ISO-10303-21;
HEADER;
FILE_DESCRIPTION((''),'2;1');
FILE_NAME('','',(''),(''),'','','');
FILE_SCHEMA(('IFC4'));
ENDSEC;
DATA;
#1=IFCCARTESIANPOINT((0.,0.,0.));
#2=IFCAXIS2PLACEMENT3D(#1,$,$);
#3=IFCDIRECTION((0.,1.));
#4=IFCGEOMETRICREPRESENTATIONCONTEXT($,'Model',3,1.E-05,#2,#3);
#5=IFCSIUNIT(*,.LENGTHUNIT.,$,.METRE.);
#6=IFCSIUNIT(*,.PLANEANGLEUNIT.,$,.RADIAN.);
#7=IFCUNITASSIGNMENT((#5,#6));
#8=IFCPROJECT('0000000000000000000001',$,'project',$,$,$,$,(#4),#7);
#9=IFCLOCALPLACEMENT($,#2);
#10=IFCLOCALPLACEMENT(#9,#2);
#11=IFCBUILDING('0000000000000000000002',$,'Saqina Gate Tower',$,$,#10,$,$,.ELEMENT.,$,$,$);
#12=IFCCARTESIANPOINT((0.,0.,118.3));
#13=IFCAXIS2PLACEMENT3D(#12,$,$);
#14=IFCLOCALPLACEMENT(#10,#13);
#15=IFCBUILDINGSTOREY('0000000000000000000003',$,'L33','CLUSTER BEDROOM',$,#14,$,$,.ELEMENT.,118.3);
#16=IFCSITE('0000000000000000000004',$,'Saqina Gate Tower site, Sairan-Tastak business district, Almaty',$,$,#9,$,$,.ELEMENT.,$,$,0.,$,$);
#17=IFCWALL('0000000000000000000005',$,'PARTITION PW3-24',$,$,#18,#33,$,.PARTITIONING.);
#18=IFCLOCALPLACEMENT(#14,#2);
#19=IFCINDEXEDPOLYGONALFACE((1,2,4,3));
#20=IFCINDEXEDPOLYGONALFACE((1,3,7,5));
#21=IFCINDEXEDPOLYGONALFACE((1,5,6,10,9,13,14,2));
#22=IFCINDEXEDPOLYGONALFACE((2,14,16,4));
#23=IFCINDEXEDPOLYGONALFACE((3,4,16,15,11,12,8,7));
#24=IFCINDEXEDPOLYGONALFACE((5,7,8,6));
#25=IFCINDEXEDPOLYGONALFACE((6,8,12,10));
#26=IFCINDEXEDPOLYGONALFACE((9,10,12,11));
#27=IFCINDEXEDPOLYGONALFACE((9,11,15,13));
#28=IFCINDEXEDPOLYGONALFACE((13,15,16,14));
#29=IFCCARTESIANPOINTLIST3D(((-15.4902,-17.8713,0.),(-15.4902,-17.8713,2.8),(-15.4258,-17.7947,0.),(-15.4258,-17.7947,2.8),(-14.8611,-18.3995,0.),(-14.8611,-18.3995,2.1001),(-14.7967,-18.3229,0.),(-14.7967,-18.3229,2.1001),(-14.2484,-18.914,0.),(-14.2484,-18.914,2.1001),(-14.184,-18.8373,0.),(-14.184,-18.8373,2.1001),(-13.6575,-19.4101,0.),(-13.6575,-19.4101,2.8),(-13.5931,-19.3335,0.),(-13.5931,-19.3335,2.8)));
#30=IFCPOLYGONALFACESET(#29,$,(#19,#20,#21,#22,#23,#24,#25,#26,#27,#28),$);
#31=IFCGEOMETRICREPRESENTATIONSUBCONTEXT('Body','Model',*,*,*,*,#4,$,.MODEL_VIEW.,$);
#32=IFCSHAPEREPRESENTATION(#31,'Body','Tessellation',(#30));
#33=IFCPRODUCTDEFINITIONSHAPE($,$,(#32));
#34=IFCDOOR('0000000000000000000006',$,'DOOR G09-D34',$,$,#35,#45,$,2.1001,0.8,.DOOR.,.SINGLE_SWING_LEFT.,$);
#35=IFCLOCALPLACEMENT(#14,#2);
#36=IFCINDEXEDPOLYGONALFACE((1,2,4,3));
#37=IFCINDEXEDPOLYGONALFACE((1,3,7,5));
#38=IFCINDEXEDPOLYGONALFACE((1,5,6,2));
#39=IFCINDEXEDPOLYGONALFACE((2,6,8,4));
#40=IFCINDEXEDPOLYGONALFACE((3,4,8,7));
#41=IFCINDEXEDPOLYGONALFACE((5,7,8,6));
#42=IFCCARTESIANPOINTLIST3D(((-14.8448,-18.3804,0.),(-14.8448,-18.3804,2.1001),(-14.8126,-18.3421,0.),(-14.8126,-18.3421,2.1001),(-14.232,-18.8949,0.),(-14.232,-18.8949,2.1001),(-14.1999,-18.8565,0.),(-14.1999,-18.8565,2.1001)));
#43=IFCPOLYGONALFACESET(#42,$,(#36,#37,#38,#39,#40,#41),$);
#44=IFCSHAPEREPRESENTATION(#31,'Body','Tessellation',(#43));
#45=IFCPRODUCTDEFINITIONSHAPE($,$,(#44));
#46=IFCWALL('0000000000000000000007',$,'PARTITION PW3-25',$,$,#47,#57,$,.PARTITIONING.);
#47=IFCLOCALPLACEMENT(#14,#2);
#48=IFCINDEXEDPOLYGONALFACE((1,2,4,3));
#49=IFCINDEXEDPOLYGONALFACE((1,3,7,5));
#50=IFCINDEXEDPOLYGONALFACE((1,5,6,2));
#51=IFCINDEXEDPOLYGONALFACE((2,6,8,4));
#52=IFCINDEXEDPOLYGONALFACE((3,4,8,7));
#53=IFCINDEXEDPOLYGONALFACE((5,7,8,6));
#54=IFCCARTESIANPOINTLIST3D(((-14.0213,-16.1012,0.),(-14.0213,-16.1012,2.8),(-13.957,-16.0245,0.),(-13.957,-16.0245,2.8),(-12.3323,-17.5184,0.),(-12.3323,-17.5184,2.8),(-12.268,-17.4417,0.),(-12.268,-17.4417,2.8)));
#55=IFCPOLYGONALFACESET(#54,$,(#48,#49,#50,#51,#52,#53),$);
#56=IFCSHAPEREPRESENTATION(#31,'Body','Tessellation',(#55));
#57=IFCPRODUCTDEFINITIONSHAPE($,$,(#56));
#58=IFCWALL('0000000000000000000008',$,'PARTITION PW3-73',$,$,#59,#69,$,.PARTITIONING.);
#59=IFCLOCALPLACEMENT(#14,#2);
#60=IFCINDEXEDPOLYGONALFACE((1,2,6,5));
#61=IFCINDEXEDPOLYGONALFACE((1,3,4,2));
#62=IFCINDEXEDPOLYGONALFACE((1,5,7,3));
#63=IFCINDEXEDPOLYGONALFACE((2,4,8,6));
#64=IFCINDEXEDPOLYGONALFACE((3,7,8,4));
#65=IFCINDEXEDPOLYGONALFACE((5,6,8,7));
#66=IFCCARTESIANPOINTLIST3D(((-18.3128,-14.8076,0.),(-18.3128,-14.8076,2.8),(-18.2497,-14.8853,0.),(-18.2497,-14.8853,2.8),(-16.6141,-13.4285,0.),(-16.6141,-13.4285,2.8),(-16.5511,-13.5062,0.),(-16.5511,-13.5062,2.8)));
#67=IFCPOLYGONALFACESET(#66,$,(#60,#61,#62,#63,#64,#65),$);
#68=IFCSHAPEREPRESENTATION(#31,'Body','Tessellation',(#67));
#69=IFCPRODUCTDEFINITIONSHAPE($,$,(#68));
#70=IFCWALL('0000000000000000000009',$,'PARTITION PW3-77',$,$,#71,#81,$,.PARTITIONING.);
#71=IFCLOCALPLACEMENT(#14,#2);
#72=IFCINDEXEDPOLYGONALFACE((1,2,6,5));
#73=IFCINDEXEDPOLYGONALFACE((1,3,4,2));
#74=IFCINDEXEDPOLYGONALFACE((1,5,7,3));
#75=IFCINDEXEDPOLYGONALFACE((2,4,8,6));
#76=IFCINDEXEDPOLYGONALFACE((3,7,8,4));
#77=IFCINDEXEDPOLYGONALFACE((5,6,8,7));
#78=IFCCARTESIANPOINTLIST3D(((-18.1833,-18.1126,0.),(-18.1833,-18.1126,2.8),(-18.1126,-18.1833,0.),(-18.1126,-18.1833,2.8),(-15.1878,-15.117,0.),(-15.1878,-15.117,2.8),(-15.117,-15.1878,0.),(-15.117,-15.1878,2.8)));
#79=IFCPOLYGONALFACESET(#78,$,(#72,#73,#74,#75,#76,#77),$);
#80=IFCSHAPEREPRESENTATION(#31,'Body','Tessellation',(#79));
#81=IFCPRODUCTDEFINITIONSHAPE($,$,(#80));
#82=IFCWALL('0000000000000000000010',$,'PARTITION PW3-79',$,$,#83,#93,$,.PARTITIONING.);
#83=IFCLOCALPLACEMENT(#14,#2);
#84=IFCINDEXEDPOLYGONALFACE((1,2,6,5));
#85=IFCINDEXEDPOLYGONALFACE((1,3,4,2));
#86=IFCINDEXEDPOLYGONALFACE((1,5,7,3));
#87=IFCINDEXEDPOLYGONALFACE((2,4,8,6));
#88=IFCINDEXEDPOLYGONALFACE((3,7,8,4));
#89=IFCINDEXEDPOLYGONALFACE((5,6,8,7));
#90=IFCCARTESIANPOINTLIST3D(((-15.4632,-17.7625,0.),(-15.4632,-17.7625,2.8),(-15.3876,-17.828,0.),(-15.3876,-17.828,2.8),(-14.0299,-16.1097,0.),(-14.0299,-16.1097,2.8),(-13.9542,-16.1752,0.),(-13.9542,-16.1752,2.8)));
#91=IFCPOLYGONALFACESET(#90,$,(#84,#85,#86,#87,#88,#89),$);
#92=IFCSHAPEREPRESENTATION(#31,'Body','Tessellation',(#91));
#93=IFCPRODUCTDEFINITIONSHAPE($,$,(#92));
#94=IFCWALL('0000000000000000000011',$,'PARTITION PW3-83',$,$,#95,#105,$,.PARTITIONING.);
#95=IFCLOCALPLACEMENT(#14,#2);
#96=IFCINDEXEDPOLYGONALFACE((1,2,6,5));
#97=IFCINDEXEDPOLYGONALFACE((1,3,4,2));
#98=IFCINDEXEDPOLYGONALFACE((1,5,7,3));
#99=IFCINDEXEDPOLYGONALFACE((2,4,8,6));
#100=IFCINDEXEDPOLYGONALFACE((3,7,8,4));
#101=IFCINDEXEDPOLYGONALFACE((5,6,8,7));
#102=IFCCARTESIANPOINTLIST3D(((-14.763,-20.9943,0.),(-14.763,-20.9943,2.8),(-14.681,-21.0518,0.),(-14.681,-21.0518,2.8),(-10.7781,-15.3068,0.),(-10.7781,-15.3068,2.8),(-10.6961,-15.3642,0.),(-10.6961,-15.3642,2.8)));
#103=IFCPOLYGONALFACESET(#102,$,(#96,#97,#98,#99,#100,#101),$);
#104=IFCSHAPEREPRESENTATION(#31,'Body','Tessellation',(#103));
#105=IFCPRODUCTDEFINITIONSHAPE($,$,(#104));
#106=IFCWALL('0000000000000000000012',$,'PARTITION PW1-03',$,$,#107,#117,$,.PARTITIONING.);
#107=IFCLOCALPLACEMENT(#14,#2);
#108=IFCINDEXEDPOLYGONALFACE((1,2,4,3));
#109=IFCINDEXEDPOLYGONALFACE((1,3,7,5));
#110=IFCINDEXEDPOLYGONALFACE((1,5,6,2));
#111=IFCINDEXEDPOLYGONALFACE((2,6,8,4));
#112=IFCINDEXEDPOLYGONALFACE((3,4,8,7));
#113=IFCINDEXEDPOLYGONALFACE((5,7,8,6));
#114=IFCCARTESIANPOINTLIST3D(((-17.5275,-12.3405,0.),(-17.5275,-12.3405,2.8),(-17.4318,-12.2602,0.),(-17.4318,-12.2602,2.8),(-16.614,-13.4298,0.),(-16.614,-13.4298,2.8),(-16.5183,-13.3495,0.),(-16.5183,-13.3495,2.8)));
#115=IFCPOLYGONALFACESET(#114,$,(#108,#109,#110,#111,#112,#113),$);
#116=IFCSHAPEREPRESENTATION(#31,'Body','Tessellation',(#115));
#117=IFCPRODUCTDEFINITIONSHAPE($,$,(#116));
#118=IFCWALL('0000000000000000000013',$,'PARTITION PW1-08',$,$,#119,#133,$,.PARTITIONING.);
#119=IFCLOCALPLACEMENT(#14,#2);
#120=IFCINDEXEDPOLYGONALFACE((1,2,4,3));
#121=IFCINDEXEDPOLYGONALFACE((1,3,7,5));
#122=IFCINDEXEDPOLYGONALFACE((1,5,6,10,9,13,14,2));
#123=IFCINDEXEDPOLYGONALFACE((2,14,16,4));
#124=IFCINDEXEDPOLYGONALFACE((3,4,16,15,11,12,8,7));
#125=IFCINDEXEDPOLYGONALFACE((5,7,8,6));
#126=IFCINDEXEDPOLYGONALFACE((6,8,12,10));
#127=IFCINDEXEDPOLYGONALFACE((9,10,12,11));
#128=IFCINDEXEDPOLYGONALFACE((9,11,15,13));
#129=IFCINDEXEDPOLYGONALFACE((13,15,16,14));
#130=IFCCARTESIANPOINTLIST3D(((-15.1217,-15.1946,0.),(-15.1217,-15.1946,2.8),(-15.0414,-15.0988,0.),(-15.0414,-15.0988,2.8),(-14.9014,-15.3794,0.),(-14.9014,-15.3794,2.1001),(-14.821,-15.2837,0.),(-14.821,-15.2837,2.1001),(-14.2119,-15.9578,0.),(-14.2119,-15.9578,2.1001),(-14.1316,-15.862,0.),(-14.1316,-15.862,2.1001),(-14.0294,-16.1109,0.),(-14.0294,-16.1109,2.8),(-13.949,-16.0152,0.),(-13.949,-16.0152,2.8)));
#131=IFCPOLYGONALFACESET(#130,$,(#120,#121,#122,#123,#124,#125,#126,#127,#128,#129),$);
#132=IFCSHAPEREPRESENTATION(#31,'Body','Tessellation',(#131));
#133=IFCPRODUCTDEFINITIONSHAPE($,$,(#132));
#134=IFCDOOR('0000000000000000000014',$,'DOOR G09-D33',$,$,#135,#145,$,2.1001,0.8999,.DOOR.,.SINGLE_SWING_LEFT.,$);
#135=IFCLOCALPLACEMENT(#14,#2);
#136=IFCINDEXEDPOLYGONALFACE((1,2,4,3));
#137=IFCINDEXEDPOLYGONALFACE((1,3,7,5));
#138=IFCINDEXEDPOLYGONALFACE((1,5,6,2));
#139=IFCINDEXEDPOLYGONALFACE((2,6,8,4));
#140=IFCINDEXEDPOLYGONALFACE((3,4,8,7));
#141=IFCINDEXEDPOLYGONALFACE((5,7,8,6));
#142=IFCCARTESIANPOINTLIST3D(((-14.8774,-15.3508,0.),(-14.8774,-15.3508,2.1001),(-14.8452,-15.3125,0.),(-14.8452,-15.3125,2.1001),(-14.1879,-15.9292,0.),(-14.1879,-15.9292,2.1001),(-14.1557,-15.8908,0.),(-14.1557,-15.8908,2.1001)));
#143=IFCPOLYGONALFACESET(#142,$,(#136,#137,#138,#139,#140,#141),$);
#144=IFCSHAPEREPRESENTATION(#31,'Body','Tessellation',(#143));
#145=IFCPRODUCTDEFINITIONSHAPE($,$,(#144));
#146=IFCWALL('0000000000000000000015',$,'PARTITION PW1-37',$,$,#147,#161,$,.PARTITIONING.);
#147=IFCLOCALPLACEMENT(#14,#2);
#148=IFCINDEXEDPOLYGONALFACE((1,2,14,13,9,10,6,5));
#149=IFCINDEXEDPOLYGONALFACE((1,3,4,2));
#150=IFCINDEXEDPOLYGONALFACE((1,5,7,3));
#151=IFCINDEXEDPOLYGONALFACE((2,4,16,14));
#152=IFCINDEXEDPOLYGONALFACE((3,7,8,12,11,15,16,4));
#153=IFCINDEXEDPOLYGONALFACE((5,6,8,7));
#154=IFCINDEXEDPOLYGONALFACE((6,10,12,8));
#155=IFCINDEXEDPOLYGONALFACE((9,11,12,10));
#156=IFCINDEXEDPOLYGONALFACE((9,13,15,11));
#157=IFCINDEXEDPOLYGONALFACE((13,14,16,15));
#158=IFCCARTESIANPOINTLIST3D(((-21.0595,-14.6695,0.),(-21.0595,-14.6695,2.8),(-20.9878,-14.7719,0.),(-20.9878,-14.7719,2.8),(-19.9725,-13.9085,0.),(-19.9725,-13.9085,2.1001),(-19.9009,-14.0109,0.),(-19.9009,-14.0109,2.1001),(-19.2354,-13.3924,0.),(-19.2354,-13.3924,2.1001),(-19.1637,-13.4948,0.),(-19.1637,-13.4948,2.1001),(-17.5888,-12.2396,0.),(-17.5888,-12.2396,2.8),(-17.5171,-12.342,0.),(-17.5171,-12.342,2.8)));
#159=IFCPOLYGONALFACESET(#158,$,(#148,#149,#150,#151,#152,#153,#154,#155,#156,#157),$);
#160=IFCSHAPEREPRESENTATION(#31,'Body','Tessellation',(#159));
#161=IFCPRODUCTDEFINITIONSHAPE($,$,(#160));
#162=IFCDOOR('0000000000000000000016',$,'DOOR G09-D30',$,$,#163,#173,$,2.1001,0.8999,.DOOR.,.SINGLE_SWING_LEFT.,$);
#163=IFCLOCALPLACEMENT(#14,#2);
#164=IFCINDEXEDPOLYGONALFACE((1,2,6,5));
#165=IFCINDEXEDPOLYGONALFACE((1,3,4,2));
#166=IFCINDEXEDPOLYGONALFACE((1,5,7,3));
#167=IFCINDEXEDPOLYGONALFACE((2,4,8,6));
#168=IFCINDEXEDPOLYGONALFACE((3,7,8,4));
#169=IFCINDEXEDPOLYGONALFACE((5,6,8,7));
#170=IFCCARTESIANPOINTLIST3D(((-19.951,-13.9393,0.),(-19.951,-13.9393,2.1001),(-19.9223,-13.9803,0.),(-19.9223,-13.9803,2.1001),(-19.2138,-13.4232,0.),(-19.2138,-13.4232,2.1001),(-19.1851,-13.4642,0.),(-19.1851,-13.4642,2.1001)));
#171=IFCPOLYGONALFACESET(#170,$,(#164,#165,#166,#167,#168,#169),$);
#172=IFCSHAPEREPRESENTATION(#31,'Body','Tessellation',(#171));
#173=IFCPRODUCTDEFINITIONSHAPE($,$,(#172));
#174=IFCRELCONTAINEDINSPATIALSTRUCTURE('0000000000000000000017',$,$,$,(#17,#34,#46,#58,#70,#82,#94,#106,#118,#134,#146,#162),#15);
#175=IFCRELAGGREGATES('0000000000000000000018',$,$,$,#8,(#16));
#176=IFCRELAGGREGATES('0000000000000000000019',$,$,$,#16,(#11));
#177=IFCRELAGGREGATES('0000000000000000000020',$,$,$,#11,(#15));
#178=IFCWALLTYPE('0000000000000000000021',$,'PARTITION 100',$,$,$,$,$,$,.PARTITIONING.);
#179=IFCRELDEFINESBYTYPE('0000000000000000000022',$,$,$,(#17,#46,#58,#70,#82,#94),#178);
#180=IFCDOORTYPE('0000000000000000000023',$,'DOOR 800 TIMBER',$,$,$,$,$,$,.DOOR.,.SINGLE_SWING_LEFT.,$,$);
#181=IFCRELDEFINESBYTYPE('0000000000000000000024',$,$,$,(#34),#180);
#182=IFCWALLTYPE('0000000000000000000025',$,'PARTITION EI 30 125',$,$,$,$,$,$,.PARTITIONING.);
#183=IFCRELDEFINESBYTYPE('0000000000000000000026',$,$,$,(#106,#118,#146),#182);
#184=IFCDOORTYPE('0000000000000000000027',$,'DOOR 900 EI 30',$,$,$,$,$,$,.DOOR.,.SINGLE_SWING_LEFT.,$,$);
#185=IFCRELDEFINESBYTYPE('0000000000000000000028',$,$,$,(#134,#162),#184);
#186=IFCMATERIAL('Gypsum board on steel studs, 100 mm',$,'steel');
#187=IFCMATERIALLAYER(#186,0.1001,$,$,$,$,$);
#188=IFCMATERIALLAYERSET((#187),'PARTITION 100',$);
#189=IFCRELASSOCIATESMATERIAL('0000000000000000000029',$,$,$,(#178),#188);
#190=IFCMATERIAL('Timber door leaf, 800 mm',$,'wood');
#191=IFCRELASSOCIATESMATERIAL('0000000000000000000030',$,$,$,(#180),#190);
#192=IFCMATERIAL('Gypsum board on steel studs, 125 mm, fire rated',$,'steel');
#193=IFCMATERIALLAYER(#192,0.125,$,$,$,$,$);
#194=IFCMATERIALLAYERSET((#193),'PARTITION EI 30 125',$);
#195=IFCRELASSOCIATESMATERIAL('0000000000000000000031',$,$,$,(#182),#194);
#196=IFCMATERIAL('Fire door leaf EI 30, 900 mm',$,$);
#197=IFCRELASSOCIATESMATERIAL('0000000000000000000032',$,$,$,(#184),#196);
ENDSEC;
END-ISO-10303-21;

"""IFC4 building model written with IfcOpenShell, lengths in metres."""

from ifc_helpers import new_model, si_unit, direction, frame, frame_2d, origin, place, context, subcontext, project, spatial, rectangle, extrude, material, layer, layer_set, type_object, element, fill, save


model = new_model("IFC4")

# Units and contexts
model_context = context("Model", 3, precision=1e-05, world=origin(), true_north=direction((0.0, 1.0)))
body_context = subcontext(model_context, "Body", "Model", "MODEL_VIEW")
ifc_project = project(units=[si_unit("LENGTHUNIT", "METRE"), si_unit("PLANEANGLEUNIT", "RADIAN")], contexts=[model_context])

# Site, building, storey
site_placement = place(None, origin())
site = spatial("IfcSite", under=ifc_project, at=site_placement, Name="Saqina Gate Tower site, Sairan-Tastak business district, Almaty", CompositionType="ELEMENT", RefElevation=0.0)
building_placement = place(site_placement, origin())
building = spatial("IfcBuilding", under=site, at=building_placement, Name="Saqina Gate Tower", CompositionType="ELEMENT")
storey_placement = place(building_placement, frame((0.0, 0.0, 118.3)))
storey = spatial("IfcBuildingStorey", under=building, at=storey_placement, Name="L33", Description="CLUSTER BEDROOM", CompositionType="ELEMENT", Elevation=118.3)

# Shared definitions
ifc_material_1 = material(Name="Gypsum board on steel studs, 100 mm", Category="steel")
ifc_layer_1 = layer(ifc_material_1, 0.1001)
ifc_layer_set_1 = layer_set([ifc_layer_1], Name="PARTITION 100")
wall_type_1 = type_object("IfcWallType", Name="PARTITION 100", PredefinedType="PARTITIONING", material=ifc_layer_set_1)
ifc_material_2 = material(Name="Timber door leaf, 800 mm", Category="wood")
door_type_1 = type_object("IfcDoorType", Name="DOOR 800 TIMBER", OperationType="SINGLE_SWING_LEFT", PredefinedType="DOOR", material=ifc_material_2)

# Wall, opening, door
wall_1_placement = place(storey_placement, frame((-15.458, -17.833, 0.0), z_axis=(0.0, 0.0, 1.0), x_axis=(0.76585, -0.64302, 0.0)))
wall_1 = element("IfcWall", 1, at=wall_1_placement, inside=storey, type_object=wall_type_1, Name="PARTITION PW3-24", PredefinedType="PARTITIONING", context=body_context, shape_type="SweptSolid", body=[
    extrude(rectangle(XDim=2.3931, YDim=0.1001, at=frame_2d((1.1965, 0.0))), origin(), (0.0, 0.0, 1.0), 2.8),
])
opening_1_placement = place(wall_1_placement, frame((0.8215, 0.0, 0.0)))
opening_1 = element("IfcOpeningElement", 2, at=opening_1_placement, cuts=wall_1, PredefinedType="OPENING", context=body_context, shape_type="SweptSolid", body=[
    extrude(rectangle(XDim=0.8, YDim=2.1001, at=frame_2d((0.3999, 1.05))), frame((0.0, 0.062, 0.0), z_axis=(0.0, -1.0, 0.0), x_axis=(1.0, 0.0, 0.0)), (0.0, 0.0, 1.0), 0.124),
])
door_1_placement = place(opening_1_placement, frame((0.8, 0.0, 0.0), z_axis=(0.0, 0.0, 1.0), x_axis=(-1.0, 0.0, 0.0)))
door_1 = element("IfcDoor", 3, at=door_1_placement, inside=storey, type_object=door_type_1, Name="DOOR G09-D34", OperationType="SINGLE_SWING_LEFT", OverallHeight=2.1001, OverallWidth=0.8, PredefinedType="DOOR", context=body_context, shape_type="SweptSolid", body=[
    extrude(rectangle(XDim=0.8, YDim=2.1001, at=frame_2d((0.3999, 1.05))), frame((0.0, 0.0249, 0.0), z_axis=(0.0, -1.0, 0.0), x_axis=(1.0, 0.0, 0.0)), (0.0, 0.0, 1.0), 0.05),
])
fill(opening_1, door_1)

# Walls
wall_2_placement = place(storey_placement, frame((-13.9893, -16.0627, 0.0), z_axis=(0.0, 0.0, 1.0), x_axis=(0.766039, -0.642795, 0.0)))
element("IfcWall", 4, at=wall_2_placement, inside=storey, type_object=wall_type_1, Name="PARTITION PW3-25", PredefinedType="PARTITIONING", context=body_context, shape_type="SweptSolid", body=[
    extrude(rectangle(XDim=2.2048, YDim=0.1001, at=frame_2d((1.1025, 0.0))), origin(), (0.0, 0.0, 1.0), 2.8),
])
wall_3_placement = place(storey_placement, frame((-18.2812, -14.8464, 0.0), z_axis=(0.0, 0.0, 1.0), x_axis=(0.776353, 0.630299, 0.0)))
element("IfcWall", 5, at=wall_3_placement, inside=storey, type_object=wall_type_1, Name="PARTITION PW3-73", PredefinedType="PARTITIONING", context=body_context, shape_type="SweptSolid", body=[
    extrude(rectangle(XDim=2.188, YDim=0.1001, at=frame_2d((1.094, 0.0))), origin(), (0.0, 0.0, 1.0), 2.8),
])
wall_4_placement = place(storey_placement, frame((-18.1479, -18.1479, 0.0), z_axis=(0.0, 0.0, 1.0), x_axis=(0.707107, 0.707107, 0.0)))
element("IfcWall", 6, at=wall_4_placement, inside=storey, type_object=wall_type_1, Name="PARTITION PW3-77", PredefinedType="PARTITIONING", context=body_context, shape_type="SweptSolid", body=[
    extrude(rectangle(XDim=4.2363, YDim=0.1001, at=frame_2d((2.1182, 0.0))), origin(), (0.0, 0.0, 1.0), 2.8),
])
wall_5_placement = place(storey_placement, frame((-15.4253, -17.7952, 0.0), z_axis=(0.0, 0.0, 1.0), x_axis=(0.655164, 0.755487, 0.0)))
element("IfcWall", 7, at=wall_5_placement, inside=storey, type_object=wall_type_1, Name="PARTITION PW3-79", PredefinedType="PARTITIONING", context=body_context, shape_type="SweptSolid", body=[
    extrude(rectangle(XDim=2.1877, YDim=0.1001, at=frame_2d((1.0938, 0.0))), origin(), (0.0, 0.0, 1.0), 2.8),
])
wall_6_placement = place(storey_placement, frame((-14.7219, -21.0229, 0.0), z_axis=(0.0, 0.0, 1.0), x_axis=(0.573811, 0.818987, 0.0)))
element("IfcWall", 8, at=wall_6_placement, inside=storey, type_object=wall_type_1, Name="PARTITION PW3-83", PredefinedType="PARTITIONING", context=body_context, shape_type="SweptSolid", body=[
    extrude(rectangle(XDim=6.9446, YDim=0.1001, at=frame_2d((3.4722, 0.0))), origin(), (0.0, 0.0, 1.0), 2.8),
])
ifc_material_3 = material(Name="Gypsum board on steel studs, 125 mm, fire rated", Category="steel")
ifc_layer_2 = layer(ifc_material_3, 0.125)
ifc_layer_set_2 = layer_set([ifc_layer_2], Name="PARTITION EI 30 125")
wall_type_2 = type_object("IfcWallType", Name="PARTITION EI 30 125", PredefinedType="PARTITIONING", material=ifc_layer_set_2)
wall_7_placement = place(storey_placement, frame((-17.4797, -12.3003, 0.0), z_axis=(0.0, 0.0, 1.0), x_axis=(0.64258, -0.766219, 0.0)))
element("IfcWall", 9, at=wall_7_placement, inside=storey, type_object=wall_type_2, Name="PARTITION PW1-03", PredefinedType="PARTITIONING", context=body_context, shape_type="SweptSolid", body=[
    extrude(rectangle(XDim=1.4216, YDim=0.125, at=frame_2d((0.7109, 0.0))), origin(), (0.0, 0.0, 1.0), 2.8),
])

# Walls, openings, doors
wall_8_placement = place(storey_placement, frame((-15.0815, -15.1467, 0.0), z_axis=(0.0, 0.0, 1.0), x_axis=(0.76614, -0.642674, 0.0)))
wall_8 = element("IfcWall", 10, at=wall_8_placement, inside=storey, type_object=wall_type_2, Name="PARTITION PW1-08", PredefinedType="PARTITIONING", context=body_context, shape_type="SweptSolid", body=[
    extrude(rectangle(XDim=1.4258, YDim=0.125, at=frame_2d((0.7129, 0.0))), origin(), (0.0, 0.0, 1.0), 2.8),
])
opening_2_placement = place(wall_8_placement, frame((0.2876, 0.0, 0.0)))
opening_2 = element("IfcOpeningElement", 11, at=opening_2_placement, cuts=wall_8, PredefinedType="OPENING", context=body_context, shape_type="SweptSolid", body=[
    extrude(rectangle(XDim=0.8999, YDim=2.1001, at=frame_2d((0.45, 1.05))), frame((0.0, 0.0745, 0.0), z_axis=(0.0, -1.0, 0.0), x_axis=(1.0, 0.0, 0.0)), (0.0, 0.0, 1.0), 0.1489),
])
ifc_material_4 = material(Name="Fire door leaf EI 30, 900 mm")
door_type_2 = type_object("IfcDoorType", Name="DOOR 900 EI 30", OperationType="SINGLE_SWING_LEFT", PredefinedType="DOOR", material=ifc_material_4)
door_2_placement = place(opening_2_placement, origin())
door_2 = element("IfcDoor", 12, at=door_2_placement, inside=storey, type_object=door_type_2, Name="DOOR G09-D33", OperationType="SINGLE_SWING_LEFT", OverallHeight=2.1001, OverallWidth=0.8999, PredefinedType="DOOR", context=body_context, shape_type="SweptSolid", body=[
    extrude(rectangle(XDim=0.8999, YDim=2.1001, at=frame_2d((0.45, 1.05))), frame((0.0, 0.0249, 0.0), z_axis=(0.0, -1.0, 0.0), x_axis=(1.0, 0.0, 0.0)), (0.0, 0.0, 1.0), 0.05),
])
fill(opening_2, door_2)
wall_9_placement = place(storey_placement, frame((-21.0237, -14.7207, 0.0), z_axis=(0.0, 0.0, 1.0), x_axis=(0.819183, 0.573532, 0.0)))
wall_9 = element("IfcWall", 13, at=wall_9_placement, inside=storey, type_object=wall_type_2, Name="PARTITION PW1-37", PredefinedType="PARTITIONING", context=body_context, shape_type="SweptSolid", body=[
    extrude(rectangle(XDim=4.2368, YDim=0.125, at=frame_2d((2.1184, 0.0))), origin(), (0.0, 0.0, 1.0), 2.8),
])
opening_3_placement = place(wall_9_placement, frame((1.3269, 0.0, 0.0)))
opening_3 = element("IfcOpeningElement", 14, at=opening_3_placement, cuts=wall_9, PredefinedType="OPENING", context=body_context, shape_type="SweptSolid", body=[
    extrude(rectangle(XDim=0.8999, YDim=2.1001, at=frame_2d((0.45, 1.05))), frame((0.0, 0.0745, 0.0), z_axis=(0.0, -1.0, 0.0), x_axis=(1.0, 0.0, 0.0)), (0.0, 0.0, 1.0), 0.1489),
])
door_3_placement = place(opening_3_placement, origin())
door_3 = element("IfcDoor", 15, at=door_3_placement, inside=storey, type_object=door_type_2, Name="DOOR G09-D30", OperationType="SINGLE_SWING_LEFT", OverallHeight=2.1001, OverallWidth=0.8999, PredefinedType="DOOR", context=body_context, shape_type="SweptSolid", body=[
    extrude(rectangle(XDim=0.8999, YDim=2.1001, at=frame_2d((0.45, 1.05))), frame((0.0, 0.0249, 0.0), z_axis=(0.0, -1.0, 0.0), x_axis=(1.0, 0.0, 0.0)), (0.0, 0.0, 1.0), 0.05),
])
fill(opening_3, door_3)

save(model, "model.ifc")
